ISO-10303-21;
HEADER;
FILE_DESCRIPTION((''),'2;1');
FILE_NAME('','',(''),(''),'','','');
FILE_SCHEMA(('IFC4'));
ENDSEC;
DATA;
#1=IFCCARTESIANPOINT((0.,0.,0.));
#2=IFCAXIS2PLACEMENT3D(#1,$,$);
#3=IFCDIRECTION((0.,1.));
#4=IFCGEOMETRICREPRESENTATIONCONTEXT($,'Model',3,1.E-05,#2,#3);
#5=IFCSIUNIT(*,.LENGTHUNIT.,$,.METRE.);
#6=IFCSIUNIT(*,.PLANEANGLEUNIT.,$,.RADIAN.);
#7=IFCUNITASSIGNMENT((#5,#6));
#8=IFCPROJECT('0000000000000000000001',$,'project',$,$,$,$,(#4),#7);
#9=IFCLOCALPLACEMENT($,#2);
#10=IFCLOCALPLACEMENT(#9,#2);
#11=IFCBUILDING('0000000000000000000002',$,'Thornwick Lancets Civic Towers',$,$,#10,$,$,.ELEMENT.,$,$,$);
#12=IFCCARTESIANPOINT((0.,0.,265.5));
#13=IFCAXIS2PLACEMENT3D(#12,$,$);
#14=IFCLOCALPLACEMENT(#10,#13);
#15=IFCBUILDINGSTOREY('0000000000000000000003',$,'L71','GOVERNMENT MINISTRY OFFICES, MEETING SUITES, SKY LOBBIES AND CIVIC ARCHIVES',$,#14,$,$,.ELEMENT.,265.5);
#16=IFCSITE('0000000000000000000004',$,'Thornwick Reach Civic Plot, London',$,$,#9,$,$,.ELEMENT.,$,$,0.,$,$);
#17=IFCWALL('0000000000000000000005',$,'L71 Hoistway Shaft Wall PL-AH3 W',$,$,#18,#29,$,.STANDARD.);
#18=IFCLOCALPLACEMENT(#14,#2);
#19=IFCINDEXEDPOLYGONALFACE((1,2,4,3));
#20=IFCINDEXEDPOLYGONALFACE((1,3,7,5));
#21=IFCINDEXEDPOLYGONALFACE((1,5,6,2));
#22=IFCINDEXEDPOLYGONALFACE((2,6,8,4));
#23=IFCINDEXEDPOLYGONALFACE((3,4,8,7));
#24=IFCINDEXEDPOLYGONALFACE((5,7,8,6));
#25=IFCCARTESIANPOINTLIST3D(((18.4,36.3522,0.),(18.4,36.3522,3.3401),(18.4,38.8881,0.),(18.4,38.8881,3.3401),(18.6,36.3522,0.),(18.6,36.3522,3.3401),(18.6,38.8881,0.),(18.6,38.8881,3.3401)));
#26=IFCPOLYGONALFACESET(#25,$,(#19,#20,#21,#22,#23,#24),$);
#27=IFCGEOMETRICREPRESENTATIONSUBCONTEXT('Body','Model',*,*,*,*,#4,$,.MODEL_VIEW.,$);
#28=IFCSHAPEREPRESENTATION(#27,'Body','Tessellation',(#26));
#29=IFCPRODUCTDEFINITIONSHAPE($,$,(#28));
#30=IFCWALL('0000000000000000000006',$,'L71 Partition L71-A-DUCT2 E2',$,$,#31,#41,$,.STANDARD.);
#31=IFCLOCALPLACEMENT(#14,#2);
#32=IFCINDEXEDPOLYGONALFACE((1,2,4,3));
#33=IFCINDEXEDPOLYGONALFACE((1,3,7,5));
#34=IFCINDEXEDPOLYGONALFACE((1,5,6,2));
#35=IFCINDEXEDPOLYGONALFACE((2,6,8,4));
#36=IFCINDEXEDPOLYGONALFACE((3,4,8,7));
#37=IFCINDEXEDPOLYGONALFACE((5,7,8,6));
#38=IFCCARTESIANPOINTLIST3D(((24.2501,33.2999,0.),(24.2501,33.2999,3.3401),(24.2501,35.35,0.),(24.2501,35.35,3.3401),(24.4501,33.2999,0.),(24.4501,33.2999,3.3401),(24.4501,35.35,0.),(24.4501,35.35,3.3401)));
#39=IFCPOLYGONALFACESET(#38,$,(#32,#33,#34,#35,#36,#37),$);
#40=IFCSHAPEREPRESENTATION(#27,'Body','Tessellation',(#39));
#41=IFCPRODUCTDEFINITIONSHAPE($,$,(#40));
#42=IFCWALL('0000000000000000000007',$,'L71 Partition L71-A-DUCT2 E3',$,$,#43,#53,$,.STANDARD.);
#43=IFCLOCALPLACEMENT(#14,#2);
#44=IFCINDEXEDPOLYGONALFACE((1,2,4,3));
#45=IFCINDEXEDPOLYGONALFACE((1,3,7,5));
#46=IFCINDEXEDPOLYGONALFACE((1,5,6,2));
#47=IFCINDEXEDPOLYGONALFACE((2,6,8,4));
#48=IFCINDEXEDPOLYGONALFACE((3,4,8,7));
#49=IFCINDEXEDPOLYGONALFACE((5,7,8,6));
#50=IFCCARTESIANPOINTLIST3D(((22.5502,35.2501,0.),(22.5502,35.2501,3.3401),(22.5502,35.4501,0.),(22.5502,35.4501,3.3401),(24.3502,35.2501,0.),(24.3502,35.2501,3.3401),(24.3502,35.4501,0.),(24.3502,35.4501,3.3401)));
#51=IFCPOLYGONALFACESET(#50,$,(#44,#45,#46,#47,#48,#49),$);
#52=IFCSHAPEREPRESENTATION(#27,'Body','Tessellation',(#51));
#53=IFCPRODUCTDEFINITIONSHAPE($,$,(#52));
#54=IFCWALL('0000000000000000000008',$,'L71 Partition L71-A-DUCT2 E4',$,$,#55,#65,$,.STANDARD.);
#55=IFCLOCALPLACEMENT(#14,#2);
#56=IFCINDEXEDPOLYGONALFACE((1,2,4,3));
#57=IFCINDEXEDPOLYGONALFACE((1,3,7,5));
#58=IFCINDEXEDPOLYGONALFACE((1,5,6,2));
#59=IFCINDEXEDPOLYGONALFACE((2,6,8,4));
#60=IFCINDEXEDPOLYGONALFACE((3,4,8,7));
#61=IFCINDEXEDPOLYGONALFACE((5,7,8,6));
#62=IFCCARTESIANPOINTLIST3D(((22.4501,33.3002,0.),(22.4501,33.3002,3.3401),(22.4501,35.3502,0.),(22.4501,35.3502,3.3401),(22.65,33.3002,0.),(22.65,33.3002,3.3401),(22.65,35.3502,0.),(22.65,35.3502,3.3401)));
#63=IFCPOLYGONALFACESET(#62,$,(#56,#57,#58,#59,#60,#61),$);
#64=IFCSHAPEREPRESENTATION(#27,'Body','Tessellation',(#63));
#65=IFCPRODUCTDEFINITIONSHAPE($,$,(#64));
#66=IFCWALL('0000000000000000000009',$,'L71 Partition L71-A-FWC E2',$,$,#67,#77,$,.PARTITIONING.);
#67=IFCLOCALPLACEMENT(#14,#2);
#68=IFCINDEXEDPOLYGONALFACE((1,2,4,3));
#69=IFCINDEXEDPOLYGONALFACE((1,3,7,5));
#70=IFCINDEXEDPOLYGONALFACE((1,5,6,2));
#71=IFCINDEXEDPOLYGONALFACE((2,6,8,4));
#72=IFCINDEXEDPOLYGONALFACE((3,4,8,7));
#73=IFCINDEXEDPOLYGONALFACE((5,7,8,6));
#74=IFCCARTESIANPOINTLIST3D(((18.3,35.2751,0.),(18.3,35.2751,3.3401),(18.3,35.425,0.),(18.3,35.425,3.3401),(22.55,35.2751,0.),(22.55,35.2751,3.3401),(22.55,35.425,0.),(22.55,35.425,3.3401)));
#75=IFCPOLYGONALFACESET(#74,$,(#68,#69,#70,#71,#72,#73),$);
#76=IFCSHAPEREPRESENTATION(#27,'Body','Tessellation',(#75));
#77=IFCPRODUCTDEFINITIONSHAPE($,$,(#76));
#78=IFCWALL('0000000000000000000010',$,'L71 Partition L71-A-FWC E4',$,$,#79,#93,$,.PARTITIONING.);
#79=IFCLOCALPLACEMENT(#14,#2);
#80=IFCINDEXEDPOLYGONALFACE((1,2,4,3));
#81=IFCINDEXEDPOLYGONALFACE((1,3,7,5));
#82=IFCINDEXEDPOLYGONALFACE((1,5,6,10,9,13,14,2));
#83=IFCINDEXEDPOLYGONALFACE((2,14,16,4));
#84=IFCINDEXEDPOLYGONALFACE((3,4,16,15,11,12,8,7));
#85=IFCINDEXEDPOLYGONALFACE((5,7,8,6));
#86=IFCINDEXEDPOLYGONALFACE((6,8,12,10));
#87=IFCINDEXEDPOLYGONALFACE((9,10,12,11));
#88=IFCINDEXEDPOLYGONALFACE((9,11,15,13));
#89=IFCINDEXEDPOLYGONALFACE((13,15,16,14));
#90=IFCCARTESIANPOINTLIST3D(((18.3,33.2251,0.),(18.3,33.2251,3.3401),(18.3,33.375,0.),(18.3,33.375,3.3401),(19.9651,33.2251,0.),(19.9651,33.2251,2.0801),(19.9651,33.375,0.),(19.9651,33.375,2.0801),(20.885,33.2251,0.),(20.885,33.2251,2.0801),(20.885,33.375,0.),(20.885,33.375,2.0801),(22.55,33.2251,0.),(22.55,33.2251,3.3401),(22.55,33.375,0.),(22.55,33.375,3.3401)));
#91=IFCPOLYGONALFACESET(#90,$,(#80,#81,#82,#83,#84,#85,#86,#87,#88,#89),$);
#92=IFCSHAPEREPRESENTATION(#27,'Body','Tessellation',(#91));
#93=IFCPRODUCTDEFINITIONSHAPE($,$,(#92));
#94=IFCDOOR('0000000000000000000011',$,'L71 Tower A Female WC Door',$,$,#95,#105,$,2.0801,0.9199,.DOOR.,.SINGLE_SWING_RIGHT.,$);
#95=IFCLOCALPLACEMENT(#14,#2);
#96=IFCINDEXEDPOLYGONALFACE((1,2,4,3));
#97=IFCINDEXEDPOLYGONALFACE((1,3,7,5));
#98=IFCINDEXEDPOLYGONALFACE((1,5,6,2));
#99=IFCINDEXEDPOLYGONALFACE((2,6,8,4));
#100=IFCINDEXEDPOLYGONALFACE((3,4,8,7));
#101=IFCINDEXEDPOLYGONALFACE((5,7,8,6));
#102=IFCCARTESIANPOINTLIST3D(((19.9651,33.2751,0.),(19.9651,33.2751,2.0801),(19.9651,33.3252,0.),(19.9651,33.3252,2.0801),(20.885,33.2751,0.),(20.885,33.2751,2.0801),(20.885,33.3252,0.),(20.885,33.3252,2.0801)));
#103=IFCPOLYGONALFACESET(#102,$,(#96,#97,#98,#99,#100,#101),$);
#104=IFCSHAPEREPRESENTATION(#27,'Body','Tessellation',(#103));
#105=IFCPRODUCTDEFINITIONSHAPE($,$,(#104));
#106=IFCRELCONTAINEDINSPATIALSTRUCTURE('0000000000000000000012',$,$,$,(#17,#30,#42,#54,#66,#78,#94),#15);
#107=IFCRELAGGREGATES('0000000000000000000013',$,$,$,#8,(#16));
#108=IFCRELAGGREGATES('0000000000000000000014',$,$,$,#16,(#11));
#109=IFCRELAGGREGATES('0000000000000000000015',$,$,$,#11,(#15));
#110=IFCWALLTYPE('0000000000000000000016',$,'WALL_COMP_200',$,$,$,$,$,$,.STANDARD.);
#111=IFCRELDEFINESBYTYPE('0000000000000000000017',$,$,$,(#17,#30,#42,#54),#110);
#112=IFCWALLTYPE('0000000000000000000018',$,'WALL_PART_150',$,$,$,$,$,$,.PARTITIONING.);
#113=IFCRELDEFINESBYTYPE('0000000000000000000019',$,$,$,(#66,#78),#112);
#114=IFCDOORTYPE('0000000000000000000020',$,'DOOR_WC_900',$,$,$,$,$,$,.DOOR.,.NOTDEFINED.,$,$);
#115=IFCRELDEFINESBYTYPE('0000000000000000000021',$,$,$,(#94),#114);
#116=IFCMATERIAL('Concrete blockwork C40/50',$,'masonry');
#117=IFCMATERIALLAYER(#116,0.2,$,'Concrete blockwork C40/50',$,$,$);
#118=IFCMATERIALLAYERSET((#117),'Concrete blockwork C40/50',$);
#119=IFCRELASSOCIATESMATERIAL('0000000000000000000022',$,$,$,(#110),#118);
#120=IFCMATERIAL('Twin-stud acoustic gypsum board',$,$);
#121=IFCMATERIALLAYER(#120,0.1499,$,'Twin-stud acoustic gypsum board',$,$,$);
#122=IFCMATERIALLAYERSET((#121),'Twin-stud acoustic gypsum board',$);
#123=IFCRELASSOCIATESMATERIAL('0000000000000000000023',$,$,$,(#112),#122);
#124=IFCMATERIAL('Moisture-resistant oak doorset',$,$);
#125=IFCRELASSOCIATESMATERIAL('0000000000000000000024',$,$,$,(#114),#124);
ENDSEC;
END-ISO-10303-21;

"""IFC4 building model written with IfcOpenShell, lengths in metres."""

from ifc_helpers import new_model, si_unit, direction, frame, frame_2d, origin, place, context, subcontext, project, spatial, rectangle, extrude, material, layer, layer_set, type_object, element, fill, save


model = new_model("IFC4")

# Units and contexts
model_context = context("Model", 3, precision=1e-05, world=origin(), true_north=direction((0.0, 1.0)))
body_context = subcontext(model_context, "Body", "Model", "MODEL_VIEW")
ifc_project = project(units=[si_unit("LENGTHUNIT", "METRE"), si_unit("PLANEANGLEUNIT", "RADIAN")], contexts=[model_context])

# Site, building, storey
site_placement = place(None, origin())
site = spatial("IfcSite", under=ifc_project, at=site_placement, Name="Thornwick Reach Civic Plot, London", CompositionType="ELEMENT", RefElevation=0.0)
building_placement = place(site_placement, origin())
building = spatial("IfcBuilding", under=site, at=building_placement, Name="Thornwick Lancets Civic Towers", CompositionType="ELEMENT")
storey_placement = place(building_placement, frame((0.0, 0.0, 265.5)))
storey = spatial("IfcBuildingStorey", under=building, at=storey_placement, Name="L71", Description="GOVERNMENT MINISTRY OFFICES, MEETING SUITES, SKY LOBBIES AND CIVIC ARCHIVES", CompositionType="ELEMENT", Elevation=265.5)

# Shared definitions
ifc_material_1 = material(Name="Concrete blockwork C40/50", Category="masonry")
ifc_layer_1 = layer(ifc_material_1, 0.2, Name="Concrete blockwork C40/50")
ifc_layer_set_1 = layer_set([ifc_layer_1], Name="Concrete blockwork C40/50")
wall_type_1 = type_object("IfcWallType", Name="WALL_COMP_200", PredefinedType="STANDARD", material=ifc_layer_set_1)

# Walls
for number, where, z_axis, x_axis, name in (
    (1, (18.5, 36.3521, 0.0), (0.0, 0.0, 1.0), (0.0, 1.0, 0.0), "L71 Hoistway Shaft Wall PL-AH3 W"),
):
    element("IfcWall", number, at=place(storey_placement, frame(where, z_axis=z_axis, x_axis=x_axis)), inside=storey, type_object=wall_type_1, Name=name, PredefinedType="STANDARD", context=body_context, shape_type="SweptSolid", body=[
        extrude(rectangle(XDim=2.5359, YDim=0.2, at=frame_2d((1.2681, 0.0))), origin(), (0.0, 0.0, 1.0), 3.3401),
    ])
wall_1_placement = place(storey_placement, frame((24.3501, 33.3, 0.0), z_axis=(0.0, 0.0, 1.0), x_axis=(0.0, 1.0, 0.0)))
element("IfcWall", 2, at=wall_1_placement, inside=storey, type_object=wall_type_1, Name="L71 Partition L71-A-DUCT2 E2", PredefinedType="STANDARD", context=body_context, shape_type="SweptSolid", body=[
    extrude(rectangle(XDim=2.05, YDim=0.2, at=frame_2d((1.0249, 0.0))), origin(), (0.0, 0.0, 1.0), 3.3401),
])
wall_2_placement = place(storey_placement, frame((24.3501, 35.3501, 0.0), z_axis=(0.0, 0.0, 1.0), x_axis=(-1.0, 0.0, 0.0)))
element("IfcWall", 3, at=wall_2_placement, inside=storey, type_object=wall_type_1, Name="L71 Partition L71-A-DUCT2 E3", PredefinedType="STANDARD", context=body_context, shape_type="SweptSolid", body=[
    extrude(rectangle(XDim=1.8, YDim=0.2, at=frame_2d((0.8999, 0.0))), origin(), (0.0, 0.0, 1.0), 3.3401),
])
wall_3_placement = place(storey_placement, frame((22.55, 35.3501, 0.0), z_axis=(0.0, 0.0, 1.0), x_axis=(0.0, -1.0, 0.0)))
element("IfcWall", 4, at=wall_3_placement, inside=storey, type_object=wall_type_1, Name="L71 Partition L71-A-DUCT2 E4", PredefinedType="STANDARD", context=body_context, shape_type="SweptSolid", body=[
    extrude(rectangle(XDim=2.05, YDim=0.2, at=frame_2d((1.0249, 0.0))), origin(), (0.0, 0.0, 1.0), 3.3401),
])
ifc_material_2 = material(Name="Twin-stud acoustic gypsum board")
ifc_layer_2 = layer(ifc_material_2, 0.1499, Name="Twin-stud acoustic gypsum board")
ifc_layer_set_2 = layer_set([ifc_layer_2], Name="Twin-stud acoustic gypsum board")
wall_type_2 = type_object("IfcWallType", Name="WALL_PART_150", PredefinedType="PARTITIONING", material=ifc_layer_set_2)
wall_4_placement = place(storey_placement, frame((18.3, 35.3501, 0.0), z_axis=(0.0, 0.0, 1.0), x_axis=(1.0, 0.0, 0.0)))
element("IfcWall", 5, at=wall_4_placement, inside=storey, type_object=wall_type_2, Name="L71 Partition L71-A-FWC E2", PredefinedType="PARTITIONING", context=body_context, shape_type="SweptSolid", body=[
    extrude(rectangle(XDim=4.25, YDim=0.1499, at=frame_2d((2.125, 0.0))), origin(), (0.0, 0.0, 1.0), 3.3401),
])

# Wall, opening, door
wall_5_placement = place(storey_placement, frame((22.55, 33.3, 0.0), z_axis=(0.0, 0.0, 1.0), x_axis=(-1.0, 0.0, 0.0)))
wall_5 = element("IfcWall", 6, at=wall_5_placement, inside=storey, type_object=wall_type_2, Name="L71 Partition L71-A-FWC E4", PredefinedType="PARTITIONING", context=body_context, shape_type="SweptSolid", body=[
    extrude(rectangle(XDim=4.25, YDim=0.1499, at=frame_2d((2.125, 0.0))), origin(), (0.0, 0.0, 1.0), 3.3401),
])
opening_1_placement = place(wall_5_placement, frame((1.665, 0.0, 0.0)))
opening_1 = element("IfcOpeningElement", 7, at=opening_1_placement, cuts=wall_5, PredefinedType="OPENING", context=body_context, shape_type="SweptSolid", body=[
    extrude(rectangle(XDim=0.9199, YDim=2.0801, at=frame_2d((0.46, 1.04))), frame((0.0, 0.085, 0.0), z_axis=(0.0, -1.0, 0.0), x_axis=(1.0, 0.0, 0.0)), (0.0, 0.0, 1.0), 0.1699),
])
ifc_material_3 = material(Name="Moisture-resistant oak doorset")
door_type_1 = type_object("IfcDoorType", Name="DOOR_WC_900", OperationType="NOTDEFINED", PredefinedType="DOOR", material=ifc_material_3)
door_1_placement = place(opening_1_placement, origin())
door_1 = element("IfcDoor", 8, at=door_1_placement, inside=storey, type_object=door_type_1, Name="L71 Tower A Female WC Door", OperationType="SINGLE_SWING_RIGHT", OverallHeight=2.0801, OverallWidth=0.9199, PredefinedType="DOOR", context=body_context, shape_type="SweptSolid", body=[
    extrude(rectangle(XDim=0.9199, YDim=2.0801, at=frame_2d((0.46, 1.04))), frame((0.0, 0.0249, 0.0), z_axis=(0.0, -1.0, 0.0), x_axis=(1.0, 0.0, 0.0)), (0.0, 0.0, 1.0), 0.05),
])
fill(opening_1, door_1)

save(model, "model.ifc")
